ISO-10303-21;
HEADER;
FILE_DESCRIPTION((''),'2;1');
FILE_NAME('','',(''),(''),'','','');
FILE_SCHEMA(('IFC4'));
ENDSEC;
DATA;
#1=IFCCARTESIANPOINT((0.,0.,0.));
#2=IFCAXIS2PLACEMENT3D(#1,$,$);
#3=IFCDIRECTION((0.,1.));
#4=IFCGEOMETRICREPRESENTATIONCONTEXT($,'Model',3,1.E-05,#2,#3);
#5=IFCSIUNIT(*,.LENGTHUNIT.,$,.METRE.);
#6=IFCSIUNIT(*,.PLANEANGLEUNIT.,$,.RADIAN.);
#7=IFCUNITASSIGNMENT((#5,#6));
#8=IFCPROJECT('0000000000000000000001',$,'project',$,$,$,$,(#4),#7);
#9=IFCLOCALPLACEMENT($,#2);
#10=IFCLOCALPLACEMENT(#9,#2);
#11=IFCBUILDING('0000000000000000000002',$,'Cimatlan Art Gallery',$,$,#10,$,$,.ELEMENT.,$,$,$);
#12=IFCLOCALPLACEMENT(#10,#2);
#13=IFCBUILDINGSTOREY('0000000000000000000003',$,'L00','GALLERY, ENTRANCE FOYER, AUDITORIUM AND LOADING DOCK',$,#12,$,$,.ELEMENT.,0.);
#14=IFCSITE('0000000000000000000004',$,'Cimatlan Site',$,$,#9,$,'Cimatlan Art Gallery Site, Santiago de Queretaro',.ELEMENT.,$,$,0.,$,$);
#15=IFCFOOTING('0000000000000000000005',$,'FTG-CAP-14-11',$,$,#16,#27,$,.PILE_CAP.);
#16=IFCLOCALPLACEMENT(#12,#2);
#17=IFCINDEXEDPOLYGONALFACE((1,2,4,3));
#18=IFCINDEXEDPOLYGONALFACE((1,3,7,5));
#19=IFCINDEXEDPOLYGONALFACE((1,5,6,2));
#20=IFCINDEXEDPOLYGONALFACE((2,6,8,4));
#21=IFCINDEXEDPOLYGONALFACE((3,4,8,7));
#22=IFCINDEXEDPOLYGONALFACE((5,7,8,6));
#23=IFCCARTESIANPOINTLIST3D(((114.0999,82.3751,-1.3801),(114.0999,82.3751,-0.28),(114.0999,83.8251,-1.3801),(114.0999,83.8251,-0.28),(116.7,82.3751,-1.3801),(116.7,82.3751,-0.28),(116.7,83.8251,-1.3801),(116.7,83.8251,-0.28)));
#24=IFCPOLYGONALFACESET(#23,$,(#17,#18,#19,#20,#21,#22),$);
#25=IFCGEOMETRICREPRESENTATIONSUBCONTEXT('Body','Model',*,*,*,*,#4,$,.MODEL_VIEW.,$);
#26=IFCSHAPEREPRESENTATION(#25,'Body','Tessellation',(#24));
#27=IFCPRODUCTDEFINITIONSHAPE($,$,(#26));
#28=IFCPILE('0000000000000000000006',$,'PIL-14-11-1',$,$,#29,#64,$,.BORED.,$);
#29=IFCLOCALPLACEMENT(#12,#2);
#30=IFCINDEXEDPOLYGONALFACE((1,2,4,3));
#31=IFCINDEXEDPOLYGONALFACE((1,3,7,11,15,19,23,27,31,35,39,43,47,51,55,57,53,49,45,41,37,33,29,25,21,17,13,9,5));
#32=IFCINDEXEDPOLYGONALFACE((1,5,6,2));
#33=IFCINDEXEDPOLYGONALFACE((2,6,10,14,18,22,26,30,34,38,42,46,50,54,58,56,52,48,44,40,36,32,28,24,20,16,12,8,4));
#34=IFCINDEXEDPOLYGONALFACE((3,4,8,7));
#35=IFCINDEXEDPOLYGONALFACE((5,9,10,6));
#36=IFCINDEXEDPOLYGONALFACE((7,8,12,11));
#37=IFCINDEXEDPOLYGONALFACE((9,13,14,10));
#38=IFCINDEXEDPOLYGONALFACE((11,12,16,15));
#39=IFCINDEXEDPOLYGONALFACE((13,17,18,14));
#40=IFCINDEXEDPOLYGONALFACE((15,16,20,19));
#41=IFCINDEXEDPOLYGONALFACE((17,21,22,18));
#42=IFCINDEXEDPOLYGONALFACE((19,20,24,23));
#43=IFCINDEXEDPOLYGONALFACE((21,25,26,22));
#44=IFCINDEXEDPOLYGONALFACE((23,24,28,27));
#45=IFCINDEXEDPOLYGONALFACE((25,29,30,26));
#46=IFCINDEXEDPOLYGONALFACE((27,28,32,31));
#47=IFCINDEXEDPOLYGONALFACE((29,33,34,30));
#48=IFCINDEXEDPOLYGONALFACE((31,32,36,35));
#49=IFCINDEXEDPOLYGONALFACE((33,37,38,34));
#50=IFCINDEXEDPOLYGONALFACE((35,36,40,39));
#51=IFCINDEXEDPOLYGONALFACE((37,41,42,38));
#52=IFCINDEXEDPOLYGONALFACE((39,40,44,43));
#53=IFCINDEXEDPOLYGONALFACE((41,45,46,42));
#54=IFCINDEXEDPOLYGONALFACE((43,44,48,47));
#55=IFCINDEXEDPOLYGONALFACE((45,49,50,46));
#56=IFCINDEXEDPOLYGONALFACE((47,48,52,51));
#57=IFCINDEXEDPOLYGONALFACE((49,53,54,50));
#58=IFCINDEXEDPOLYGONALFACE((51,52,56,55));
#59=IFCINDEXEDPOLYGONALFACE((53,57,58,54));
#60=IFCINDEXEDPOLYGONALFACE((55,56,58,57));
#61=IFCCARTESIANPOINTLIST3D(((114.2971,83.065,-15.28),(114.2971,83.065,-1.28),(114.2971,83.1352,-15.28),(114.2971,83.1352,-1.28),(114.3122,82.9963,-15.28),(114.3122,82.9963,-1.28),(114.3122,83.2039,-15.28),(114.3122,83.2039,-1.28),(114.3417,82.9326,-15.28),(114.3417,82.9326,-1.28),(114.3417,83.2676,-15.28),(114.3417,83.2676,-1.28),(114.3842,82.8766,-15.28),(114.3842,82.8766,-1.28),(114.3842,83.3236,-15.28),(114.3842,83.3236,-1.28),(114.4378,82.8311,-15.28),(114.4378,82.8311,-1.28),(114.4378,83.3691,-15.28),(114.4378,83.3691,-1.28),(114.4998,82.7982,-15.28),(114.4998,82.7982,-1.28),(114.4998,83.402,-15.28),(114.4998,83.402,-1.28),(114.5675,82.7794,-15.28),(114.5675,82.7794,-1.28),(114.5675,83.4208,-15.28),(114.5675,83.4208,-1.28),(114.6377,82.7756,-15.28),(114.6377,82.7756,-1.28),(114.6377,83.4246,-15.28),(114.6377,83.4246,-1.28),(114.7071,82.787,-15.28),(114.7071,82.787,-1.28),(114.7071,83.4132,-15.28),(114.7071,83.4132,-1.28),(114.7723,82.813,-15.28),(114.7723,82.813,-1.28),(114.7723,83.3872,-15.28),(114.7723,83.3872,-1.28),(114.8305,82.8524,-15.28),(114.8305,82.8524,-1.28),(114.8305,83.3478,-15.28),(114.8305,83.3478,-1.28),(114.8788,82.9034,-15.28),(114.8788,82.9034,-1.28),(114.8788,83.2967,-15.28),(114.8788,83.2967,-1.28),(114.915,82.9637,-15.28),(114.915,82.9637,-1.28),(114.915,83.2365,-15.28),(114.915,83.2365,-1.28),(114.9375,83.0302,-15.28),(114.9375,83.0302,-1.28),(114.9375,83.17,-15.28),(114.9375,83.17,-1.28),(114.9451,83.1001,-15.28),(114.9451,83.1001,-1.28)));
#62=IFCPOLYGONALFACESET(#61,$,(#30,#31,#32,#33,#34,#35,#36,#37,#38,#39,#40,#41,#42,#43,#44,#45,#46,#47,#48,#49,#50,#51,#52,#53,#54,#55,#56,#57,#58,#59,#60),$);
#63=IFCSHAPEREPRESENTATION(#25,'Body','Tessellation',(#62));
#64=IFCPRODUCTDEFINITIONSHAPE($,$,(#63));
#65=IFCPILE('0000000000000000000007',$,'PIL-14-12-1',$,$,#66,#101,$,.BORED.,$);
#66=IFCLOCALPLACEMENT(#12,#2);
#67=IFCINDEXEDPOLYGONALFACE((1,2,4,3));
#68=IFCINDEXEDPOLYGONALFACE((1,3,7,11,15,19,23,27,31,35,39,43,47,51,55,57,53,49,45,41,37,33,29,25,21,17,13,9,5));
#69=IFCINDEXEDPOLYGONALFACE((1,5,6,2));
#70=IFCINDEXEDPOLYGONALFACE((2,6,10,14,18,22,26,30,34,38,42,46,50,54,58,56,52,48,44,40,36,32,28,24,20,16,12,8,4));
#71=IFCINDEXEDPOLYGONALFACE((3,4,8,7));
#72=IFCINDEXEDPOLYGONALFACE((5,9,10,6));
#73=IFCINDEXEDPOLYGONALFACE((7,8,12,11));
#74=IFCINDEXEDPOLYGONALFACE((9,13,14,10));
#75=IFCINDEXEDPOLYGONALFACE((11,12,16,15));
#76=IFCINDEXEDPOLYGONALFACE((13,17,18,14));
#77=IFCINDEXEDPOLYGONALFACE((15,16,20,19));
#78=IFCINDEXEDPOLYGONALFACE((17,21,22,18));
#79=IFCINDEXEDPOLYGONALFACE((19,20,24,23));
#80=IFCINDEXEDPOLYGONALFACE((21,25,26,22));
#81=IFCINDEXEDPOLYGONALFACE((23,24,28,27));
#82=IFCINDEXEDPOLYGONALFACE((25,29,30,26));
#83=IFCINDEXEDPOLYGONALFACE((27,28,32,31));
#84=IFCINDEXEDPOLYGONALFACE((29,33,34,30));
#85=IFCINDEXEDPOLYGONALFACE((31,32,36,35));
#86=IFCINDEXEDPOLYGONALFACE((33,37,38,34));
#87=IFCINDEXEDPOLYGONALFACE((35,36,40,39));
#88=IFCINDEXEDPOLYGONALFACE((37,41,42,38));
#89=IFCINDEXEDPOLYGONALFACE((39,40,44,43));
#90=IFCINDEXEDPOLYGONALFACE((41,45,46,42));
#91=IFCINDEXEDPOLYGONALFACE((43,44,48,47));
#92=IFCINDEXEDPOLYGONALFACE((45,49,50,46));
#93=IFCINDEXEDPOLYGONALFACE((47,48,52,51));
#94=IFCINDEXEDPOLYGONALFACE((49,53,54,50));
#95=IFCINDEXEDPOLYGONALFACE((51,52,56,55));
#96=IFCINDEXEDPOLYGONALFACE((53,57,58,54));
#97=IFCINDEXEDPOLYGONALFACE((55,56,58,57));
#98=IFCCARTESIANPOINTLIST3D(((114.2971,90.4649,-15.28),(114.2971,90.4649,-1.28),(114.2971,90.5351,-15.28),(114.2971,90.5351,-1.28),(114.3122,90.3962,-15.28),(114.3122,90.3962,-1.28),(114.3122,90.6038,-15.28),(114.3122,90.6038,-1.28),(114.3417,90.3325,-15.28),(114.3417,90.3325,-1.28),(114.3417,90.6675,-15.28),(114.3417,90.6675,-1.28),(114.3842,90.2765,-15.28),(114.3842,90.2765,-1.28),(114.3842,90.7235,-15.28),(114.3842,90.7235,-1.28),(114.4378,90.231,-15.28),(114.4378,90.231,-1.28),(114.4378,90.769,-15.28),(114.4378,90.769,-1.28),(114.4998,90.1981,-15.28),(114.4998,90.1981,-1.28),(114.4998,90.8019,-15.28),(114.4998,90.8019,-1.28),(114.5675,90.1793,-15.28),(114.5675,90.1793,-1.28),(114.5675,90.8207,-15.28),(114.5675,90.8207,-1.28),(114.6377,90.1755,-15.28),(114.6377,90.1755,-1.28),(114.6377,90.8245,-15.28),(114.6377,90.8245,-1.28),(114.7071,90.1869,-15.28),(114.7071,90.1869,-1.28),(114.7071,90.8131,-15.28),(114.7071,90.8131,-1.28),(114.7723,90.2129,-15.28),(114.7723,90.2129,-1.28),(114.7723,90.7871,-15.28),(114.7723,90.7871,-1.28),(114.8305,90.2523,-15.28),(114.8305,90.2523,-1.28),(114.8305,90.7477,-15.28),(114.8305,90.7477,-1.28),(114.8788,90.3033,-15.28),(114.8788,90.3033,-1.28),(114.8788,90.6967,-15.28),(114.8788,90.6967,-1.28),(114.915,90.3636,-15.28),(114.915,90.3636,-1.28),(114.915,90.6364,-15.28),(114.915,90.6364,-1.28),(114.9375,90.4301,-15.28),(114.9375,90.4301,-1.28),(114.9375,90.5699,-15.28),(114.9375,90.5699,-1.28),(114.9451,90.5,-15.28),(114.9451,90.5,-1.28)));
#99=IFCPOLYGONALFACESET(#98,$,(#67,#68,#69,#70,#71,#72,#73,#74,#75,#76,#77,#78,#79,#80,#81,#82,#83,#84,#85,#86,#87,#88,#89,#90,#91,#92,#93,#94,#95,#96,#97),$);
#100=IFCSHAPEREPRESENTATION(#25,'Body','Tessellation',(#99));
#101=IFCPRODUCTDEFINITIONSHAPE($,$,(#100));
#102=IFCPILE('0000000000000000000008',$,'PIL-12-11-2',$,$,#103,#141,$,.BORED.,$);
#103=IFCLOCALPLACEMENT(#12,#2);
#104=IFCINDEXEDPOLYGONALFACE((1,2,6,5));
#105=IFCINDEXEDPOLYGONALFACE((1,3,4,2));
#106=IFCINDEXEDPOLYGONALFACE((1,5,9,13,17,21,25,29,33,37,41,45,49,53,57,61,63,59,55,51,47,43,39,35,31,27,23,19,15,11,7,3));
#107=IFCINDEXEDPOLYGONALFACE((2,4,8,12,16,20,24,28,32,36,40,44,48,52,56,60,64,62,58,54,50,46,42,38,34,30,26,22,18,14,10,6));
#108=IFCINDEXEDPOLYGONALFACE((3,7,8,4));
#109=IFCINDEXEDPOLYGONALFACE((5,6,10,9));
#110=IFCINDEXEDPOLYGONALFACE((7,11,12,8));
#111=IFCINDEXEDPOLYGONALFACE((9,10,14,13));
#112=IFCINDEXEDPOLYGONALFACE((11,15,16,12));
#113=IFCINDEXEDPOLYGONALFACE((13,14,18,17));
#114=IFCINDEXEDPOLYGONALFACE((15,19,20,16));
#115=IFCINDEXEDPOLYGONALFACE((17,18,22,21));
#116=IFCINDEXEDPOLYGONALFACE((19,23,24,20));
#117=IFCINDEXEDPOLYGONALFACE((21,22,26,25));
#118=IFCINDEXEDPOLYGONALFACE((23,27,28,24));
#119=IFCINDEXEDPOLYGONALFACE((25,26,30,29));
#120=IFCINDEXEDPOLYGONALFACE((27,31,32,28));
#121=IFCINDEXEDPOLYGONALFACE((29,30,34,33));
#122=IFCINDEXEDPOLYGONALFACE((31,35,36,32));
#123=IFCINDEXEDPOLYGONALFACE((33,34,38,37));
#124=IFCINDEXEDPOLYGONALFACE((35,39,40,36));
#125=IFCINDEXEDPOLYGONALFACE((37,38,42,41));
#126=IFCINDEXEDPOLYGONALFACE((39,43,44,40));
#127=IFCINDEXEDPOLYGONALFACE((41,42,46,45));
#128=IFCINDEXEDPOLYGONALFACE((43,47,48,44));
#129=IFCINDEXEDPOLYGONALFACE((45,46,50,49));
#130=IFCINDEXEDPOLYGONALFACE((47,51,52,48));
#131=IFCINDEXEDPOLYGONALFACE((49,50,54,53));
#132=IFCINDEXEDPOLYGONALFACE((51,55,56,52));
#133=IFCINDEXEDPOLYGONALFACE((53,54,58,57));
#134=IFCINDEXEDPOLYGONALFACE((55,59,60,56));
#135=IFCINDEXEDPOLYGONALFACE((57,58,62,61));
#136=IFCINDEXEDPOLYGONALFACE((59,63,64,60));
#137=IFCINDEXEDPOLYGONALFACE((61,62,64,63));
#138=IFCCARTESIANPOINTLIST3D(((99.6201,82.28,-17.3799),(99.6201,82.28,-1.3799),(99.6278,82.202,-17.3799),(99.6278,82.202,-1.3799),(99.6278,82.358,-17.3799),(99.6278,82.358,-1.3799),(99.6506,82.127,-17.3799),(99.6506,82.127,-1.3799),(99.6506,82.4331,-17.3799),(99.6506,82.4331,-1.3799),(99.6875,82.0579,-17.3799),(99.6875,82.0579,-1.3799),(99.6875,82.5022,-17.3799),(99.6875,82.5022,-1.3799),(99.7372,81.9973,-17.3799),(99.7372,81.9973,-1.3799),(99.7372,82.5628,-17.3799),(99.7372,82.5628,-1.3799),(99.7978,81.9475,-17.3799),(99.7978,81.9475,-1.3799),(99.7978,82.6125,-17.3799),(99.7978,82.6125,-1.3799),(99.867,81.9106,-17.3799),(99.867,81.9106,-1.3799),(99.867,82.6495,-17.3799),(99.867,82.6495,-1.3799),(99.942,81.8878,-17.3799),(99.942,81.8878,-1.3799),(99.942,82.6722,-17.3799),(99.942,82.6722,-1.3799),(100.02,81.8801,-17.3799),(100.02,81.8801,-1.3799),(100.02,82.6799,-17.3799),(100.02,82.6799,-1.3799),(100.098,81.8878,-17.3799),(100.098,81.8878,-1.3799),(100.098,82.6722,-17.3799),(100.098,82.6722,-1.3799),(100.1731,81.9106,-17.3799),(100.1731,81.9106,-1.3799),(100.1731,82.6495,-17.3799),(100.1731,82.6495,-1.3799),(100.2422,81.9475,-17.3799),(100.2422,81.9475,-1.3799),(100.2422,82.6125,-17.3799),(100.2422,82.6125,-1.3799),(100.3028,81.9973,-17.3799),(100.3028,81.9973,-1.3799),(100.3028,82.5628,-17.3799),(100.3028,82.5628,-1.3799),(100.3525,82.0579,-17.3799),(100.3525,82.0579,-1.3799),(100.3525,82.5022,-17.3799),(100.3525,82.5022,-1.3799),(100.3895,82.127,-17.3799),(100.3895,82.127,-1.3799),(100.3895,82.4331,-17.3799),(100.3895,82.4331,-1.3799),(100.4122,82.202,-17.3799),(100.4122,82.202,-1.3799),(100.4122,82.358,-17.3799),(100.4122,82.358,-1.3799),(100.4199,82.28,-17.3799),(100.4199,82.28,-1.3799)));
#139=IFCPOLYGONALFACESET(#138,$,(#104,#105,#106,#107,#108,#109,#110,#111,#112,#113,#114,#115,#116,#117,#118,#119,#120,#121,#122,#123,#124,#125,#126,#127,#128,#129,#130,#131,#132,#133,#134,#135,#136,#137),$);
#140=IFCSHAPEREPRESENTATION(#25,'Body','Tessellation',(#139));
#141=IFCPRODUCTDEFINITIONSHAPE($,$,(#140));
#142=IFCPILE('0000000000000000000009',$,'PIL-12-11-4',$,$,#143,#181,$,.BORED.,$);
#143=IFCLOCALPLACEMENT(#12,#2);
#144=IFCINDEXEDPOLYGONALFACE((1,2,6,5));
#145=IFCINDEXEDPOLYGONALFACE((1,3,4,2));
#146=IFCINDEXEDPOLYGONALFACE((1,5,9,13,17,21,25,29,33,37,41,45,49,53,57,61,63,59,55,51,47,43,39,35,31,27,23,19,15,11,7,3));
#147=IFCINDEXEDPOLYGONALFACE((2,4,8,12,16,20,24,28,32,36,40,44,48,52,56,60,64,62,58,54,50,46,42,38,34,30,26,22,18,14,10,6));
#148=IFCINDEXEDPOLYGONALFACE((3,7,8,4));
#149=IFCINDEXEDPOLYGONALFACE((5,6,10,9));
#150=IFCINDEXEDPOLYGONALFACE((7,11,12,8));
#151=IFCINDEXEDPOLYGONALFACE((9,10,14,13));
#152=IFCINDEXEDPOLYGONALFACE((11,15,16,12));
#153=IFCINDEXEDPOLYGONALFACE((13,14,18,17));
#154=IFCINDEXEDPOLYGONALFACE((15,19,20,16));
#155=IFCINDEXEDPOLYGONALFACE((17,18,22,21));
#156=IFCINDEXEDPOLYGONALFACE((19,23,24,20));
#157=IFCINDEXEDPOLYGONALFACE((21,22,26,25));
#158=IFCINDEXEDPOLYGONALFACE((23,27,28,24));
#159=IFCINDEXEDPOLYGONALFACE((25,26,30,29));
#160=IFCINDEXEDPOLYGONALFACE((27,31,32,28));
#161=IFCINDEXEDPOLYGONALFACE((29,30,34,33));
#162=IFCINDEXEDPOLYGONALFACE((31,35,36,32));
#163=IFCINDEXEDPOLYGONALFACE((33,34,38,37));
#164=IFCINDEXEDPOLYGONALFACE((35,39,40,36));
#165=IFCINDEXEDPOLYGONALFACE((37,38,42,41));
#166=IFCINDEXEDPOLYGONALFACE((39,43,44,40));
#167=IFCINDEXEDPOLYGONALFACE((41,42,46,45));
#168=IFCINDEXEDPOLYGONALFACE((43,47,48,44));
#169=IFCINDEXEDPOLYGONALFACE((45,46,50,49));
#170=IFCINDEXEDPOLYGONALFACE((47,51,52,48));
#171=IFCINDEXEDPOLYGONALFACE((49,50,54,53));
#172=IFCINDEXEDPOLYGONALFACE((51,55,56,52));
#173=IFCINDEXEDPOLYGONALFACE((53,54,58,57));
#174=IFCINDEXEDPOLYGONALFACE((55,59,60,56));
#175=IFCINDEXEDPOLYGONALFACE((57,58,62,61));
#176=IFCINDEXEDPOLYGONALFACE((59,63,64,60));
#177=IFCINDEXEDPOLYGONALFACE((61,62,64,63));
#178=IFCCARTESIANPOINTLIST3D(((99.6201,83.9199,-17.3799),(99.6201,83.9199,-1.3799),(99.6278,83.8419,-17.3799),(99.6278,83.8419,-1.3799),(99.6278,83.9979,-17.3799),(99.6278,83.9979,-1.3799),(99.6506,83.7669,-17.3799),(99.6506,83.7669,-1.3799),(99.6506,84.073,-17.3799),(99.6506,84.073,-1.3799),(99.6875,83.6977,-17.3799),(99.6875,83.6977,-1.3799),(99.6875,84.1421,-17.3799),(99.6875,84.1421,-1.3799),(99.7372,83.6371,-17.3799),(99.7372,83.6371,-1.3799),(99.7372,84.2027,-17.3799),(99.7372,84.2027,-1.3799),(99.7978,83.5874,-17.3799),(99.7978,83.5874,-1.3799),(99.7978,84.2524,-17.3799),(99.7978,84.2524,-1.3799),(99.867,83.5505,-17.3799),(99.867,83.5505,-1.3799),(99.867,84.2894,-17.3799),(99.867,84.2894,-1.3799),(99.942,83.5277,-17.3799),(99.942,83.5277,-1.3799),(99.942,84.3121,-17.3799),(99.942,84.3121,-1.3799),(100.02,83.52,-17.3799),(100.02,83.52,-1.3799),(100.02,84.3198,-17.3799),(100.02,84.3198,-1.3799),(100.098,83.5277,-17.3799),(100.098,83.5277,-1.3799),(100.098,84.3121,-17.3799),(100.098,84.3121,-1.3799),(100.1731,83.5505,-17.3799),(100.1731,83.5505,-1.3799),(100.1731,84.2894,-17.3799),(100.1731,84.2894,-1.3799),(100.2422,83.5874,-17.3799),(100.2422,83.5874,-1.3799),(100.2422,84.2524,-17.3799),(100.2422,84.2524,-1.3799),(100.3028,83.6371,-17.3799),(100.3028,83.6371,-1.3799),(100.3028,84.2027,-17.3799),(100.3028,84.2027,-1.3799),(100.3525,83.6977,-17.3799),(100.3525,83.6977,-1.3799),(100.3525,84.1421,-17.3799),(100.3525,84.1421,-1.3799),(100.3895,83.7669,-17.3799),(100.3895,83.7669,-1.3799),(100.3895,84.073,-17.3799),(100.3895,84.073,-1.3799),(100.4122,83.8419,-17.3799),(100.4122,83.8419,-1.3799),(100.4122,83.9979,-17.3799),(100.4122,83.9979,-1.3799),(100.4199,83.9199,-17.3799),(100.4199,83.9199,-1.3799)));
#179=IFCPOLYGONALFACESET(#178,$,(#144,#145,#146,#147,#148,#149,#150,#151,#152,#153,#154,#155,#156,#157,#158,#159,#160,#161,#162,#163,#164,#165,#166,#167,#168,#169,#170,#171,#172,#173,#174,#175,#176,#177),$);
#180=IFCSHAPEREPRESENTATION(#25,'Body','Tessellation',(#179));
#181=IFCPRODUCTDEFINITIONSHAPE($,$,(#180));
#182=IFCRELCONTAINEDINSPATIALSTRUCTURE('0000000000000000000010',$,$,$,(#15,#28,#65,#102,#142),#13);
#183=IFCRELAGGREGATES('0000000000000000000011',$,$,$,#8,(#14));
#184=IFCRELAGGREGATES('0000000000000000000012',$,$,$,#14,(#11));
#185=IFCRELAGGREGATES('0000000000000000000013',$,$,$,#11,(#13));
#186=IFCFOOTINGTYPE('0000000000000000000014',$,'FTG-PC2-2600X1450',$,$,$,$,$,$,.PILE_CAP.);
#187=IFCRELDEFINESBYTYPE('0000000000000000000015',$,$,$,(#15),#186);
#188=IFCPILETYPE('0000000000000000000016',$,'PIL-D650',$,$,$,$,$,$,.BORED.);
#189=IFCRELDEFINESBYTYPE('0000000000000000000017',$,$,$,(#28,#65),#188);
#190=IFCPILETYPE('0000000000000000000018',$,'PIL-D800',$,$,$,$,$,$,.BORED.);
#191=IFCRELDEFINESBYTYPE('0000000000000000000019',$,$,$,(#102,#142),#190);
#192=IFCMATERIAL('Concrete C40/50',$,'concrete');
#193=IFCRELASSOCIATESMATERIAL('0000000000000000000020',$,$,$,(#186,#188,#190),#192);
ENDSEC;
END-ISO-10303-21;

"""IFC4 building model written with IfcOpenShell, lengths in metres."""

from ifc_helpers import new_model, si_unit, direction, frame, origin, origin_2d, place, context, subcontext, project, spatial, rectangle, circle, extrude, material, type_object, element, save


model = new_model("IFC4")

# Units and contexts
model_context = context("Model", 3, precision=1e-05, world=origin(), true_north=direction((0.0, 1.0)))
body_context = subcontext(model_context, "Body", "Model", "MODEL_VIEW")
ifc_project = project(units=[si_unit("LENGTHUNIT", "METRE"), si_unit("PLANEANGLEUNIT", "RADIAN")], contexts=[model_context])

# Site, building, storey
site_placement = place(None, origin())
site = spatial("IfcSite", under=ifc_project, at=site_placement, Name="Cimatlan Site", LongName="Cimatlan Art Gallery Site, Santiago de Queretaro", CompositionType="ELEMENT", RefElevation=0.0)
building_placement = place(site_placement, origin())
building = spatial("IfcBuilding", under=site, at=building_placement, Name="Cimatlan Art Gallery", CompositionType="ELEMENT")
storey_placement = place(building_placement, origin())
storey = spatial("IfcBuildingStorey", under=building, at=storey_placement, Name="L00", Description="GALLERY, ENTRANCE FOYER, AUDITORIUM AND LOADING DOCK", CompositionType="ELEMENT", Elevation=0.0)

# Footing
ifc_material_1 = material(Name="Concrete C40/50", Category="concrete")
footing_type = type_object("IfcFootingType", Name="FTG-PC2-2600X1450", PredefinedType="PILE_CAP", material=ifc_material_1)
footing_placement = place(storey_placement, frame((115.3999, 83.1001, -1.3801), z_axis=(0.0, 0.0, 1.0), x_axis=(1.0, 0.0, 0.0)))
element("IfcFooting", 1, at=footing_placement, inside=storey, type_object=footing_type, Name="FTG-CAP-14-11", PredefinedType="PILE_CAP", context=body_context, shape_type="SweptSolid", body=[
    extrude(rectangle(XDim=2.6001, YDim=1.45, at=origin_2d()), origin(), (0.0, 0.0, 1.0), 1.1001),
])

# Piles
pile_type_1 = type_object("IfcPileType", Name="PIL-D650", PredefinedType="BORED", material=ifc_material_1)
for number, where, z_axis, x_axis, name in (
    (2, (114.6201, 83.1001, -1.28), (0.0, 0.0, -1.0), (1.0, 0.0, 0.0), "PIL-14-11-1"),
    (3, (114.6201, 90.5, -1.28), (0.0, 0.0, -1.0), (1.0, 0.0, 0.0), "PIL-14-12-1"),
):
    element("IfcPile", number, at=place(storey_placement, frame(where, z_axis=z_axis, x_axis=x_axis)), inside=storey, type_object=pile_type_1, Name=name, PredefinedType="BORED", context=body_context, shape_type="SweptSolid", body=[
        extrude(circle(Radius=0.325, at=origin_2d()), origin(), (0.0, 0.0, 1.0), 14.0),
    ])
pile_type_2 = type_object("IfcPileType", Name="PIL-D800", PredefinedType="BORED", material=ifc_material_1)
for number, where, z_axis, x_axis, name in (
    (4, (100.02, 82.28, -1.3799), (0.0, 0.0, -1.0), (1.0, 0.0, 0.0), "PIL-12-11-2"),
    (5, (100.02, 83.9199, -1.3799), (0.0, 0.0, -1.0), (1.0, 0.0, 0.0), "PIL-12-11-4"),
):
    element("IfcPile", number, at=place(storey_placement, frame(where, z_axis=z_axis, x_axis=x_axis)), inside=storey, type_object=pile_type_2, Name=name, PredefinedType="BORED", context=body_context, shape_type="SweptSolid", body=[
        extrude(circle(Radius=0.3999, at=origin_2d()), origin(), (0.0, 0.0, 1.0), 16.0),
    ])

save(model, "model.ifc")
